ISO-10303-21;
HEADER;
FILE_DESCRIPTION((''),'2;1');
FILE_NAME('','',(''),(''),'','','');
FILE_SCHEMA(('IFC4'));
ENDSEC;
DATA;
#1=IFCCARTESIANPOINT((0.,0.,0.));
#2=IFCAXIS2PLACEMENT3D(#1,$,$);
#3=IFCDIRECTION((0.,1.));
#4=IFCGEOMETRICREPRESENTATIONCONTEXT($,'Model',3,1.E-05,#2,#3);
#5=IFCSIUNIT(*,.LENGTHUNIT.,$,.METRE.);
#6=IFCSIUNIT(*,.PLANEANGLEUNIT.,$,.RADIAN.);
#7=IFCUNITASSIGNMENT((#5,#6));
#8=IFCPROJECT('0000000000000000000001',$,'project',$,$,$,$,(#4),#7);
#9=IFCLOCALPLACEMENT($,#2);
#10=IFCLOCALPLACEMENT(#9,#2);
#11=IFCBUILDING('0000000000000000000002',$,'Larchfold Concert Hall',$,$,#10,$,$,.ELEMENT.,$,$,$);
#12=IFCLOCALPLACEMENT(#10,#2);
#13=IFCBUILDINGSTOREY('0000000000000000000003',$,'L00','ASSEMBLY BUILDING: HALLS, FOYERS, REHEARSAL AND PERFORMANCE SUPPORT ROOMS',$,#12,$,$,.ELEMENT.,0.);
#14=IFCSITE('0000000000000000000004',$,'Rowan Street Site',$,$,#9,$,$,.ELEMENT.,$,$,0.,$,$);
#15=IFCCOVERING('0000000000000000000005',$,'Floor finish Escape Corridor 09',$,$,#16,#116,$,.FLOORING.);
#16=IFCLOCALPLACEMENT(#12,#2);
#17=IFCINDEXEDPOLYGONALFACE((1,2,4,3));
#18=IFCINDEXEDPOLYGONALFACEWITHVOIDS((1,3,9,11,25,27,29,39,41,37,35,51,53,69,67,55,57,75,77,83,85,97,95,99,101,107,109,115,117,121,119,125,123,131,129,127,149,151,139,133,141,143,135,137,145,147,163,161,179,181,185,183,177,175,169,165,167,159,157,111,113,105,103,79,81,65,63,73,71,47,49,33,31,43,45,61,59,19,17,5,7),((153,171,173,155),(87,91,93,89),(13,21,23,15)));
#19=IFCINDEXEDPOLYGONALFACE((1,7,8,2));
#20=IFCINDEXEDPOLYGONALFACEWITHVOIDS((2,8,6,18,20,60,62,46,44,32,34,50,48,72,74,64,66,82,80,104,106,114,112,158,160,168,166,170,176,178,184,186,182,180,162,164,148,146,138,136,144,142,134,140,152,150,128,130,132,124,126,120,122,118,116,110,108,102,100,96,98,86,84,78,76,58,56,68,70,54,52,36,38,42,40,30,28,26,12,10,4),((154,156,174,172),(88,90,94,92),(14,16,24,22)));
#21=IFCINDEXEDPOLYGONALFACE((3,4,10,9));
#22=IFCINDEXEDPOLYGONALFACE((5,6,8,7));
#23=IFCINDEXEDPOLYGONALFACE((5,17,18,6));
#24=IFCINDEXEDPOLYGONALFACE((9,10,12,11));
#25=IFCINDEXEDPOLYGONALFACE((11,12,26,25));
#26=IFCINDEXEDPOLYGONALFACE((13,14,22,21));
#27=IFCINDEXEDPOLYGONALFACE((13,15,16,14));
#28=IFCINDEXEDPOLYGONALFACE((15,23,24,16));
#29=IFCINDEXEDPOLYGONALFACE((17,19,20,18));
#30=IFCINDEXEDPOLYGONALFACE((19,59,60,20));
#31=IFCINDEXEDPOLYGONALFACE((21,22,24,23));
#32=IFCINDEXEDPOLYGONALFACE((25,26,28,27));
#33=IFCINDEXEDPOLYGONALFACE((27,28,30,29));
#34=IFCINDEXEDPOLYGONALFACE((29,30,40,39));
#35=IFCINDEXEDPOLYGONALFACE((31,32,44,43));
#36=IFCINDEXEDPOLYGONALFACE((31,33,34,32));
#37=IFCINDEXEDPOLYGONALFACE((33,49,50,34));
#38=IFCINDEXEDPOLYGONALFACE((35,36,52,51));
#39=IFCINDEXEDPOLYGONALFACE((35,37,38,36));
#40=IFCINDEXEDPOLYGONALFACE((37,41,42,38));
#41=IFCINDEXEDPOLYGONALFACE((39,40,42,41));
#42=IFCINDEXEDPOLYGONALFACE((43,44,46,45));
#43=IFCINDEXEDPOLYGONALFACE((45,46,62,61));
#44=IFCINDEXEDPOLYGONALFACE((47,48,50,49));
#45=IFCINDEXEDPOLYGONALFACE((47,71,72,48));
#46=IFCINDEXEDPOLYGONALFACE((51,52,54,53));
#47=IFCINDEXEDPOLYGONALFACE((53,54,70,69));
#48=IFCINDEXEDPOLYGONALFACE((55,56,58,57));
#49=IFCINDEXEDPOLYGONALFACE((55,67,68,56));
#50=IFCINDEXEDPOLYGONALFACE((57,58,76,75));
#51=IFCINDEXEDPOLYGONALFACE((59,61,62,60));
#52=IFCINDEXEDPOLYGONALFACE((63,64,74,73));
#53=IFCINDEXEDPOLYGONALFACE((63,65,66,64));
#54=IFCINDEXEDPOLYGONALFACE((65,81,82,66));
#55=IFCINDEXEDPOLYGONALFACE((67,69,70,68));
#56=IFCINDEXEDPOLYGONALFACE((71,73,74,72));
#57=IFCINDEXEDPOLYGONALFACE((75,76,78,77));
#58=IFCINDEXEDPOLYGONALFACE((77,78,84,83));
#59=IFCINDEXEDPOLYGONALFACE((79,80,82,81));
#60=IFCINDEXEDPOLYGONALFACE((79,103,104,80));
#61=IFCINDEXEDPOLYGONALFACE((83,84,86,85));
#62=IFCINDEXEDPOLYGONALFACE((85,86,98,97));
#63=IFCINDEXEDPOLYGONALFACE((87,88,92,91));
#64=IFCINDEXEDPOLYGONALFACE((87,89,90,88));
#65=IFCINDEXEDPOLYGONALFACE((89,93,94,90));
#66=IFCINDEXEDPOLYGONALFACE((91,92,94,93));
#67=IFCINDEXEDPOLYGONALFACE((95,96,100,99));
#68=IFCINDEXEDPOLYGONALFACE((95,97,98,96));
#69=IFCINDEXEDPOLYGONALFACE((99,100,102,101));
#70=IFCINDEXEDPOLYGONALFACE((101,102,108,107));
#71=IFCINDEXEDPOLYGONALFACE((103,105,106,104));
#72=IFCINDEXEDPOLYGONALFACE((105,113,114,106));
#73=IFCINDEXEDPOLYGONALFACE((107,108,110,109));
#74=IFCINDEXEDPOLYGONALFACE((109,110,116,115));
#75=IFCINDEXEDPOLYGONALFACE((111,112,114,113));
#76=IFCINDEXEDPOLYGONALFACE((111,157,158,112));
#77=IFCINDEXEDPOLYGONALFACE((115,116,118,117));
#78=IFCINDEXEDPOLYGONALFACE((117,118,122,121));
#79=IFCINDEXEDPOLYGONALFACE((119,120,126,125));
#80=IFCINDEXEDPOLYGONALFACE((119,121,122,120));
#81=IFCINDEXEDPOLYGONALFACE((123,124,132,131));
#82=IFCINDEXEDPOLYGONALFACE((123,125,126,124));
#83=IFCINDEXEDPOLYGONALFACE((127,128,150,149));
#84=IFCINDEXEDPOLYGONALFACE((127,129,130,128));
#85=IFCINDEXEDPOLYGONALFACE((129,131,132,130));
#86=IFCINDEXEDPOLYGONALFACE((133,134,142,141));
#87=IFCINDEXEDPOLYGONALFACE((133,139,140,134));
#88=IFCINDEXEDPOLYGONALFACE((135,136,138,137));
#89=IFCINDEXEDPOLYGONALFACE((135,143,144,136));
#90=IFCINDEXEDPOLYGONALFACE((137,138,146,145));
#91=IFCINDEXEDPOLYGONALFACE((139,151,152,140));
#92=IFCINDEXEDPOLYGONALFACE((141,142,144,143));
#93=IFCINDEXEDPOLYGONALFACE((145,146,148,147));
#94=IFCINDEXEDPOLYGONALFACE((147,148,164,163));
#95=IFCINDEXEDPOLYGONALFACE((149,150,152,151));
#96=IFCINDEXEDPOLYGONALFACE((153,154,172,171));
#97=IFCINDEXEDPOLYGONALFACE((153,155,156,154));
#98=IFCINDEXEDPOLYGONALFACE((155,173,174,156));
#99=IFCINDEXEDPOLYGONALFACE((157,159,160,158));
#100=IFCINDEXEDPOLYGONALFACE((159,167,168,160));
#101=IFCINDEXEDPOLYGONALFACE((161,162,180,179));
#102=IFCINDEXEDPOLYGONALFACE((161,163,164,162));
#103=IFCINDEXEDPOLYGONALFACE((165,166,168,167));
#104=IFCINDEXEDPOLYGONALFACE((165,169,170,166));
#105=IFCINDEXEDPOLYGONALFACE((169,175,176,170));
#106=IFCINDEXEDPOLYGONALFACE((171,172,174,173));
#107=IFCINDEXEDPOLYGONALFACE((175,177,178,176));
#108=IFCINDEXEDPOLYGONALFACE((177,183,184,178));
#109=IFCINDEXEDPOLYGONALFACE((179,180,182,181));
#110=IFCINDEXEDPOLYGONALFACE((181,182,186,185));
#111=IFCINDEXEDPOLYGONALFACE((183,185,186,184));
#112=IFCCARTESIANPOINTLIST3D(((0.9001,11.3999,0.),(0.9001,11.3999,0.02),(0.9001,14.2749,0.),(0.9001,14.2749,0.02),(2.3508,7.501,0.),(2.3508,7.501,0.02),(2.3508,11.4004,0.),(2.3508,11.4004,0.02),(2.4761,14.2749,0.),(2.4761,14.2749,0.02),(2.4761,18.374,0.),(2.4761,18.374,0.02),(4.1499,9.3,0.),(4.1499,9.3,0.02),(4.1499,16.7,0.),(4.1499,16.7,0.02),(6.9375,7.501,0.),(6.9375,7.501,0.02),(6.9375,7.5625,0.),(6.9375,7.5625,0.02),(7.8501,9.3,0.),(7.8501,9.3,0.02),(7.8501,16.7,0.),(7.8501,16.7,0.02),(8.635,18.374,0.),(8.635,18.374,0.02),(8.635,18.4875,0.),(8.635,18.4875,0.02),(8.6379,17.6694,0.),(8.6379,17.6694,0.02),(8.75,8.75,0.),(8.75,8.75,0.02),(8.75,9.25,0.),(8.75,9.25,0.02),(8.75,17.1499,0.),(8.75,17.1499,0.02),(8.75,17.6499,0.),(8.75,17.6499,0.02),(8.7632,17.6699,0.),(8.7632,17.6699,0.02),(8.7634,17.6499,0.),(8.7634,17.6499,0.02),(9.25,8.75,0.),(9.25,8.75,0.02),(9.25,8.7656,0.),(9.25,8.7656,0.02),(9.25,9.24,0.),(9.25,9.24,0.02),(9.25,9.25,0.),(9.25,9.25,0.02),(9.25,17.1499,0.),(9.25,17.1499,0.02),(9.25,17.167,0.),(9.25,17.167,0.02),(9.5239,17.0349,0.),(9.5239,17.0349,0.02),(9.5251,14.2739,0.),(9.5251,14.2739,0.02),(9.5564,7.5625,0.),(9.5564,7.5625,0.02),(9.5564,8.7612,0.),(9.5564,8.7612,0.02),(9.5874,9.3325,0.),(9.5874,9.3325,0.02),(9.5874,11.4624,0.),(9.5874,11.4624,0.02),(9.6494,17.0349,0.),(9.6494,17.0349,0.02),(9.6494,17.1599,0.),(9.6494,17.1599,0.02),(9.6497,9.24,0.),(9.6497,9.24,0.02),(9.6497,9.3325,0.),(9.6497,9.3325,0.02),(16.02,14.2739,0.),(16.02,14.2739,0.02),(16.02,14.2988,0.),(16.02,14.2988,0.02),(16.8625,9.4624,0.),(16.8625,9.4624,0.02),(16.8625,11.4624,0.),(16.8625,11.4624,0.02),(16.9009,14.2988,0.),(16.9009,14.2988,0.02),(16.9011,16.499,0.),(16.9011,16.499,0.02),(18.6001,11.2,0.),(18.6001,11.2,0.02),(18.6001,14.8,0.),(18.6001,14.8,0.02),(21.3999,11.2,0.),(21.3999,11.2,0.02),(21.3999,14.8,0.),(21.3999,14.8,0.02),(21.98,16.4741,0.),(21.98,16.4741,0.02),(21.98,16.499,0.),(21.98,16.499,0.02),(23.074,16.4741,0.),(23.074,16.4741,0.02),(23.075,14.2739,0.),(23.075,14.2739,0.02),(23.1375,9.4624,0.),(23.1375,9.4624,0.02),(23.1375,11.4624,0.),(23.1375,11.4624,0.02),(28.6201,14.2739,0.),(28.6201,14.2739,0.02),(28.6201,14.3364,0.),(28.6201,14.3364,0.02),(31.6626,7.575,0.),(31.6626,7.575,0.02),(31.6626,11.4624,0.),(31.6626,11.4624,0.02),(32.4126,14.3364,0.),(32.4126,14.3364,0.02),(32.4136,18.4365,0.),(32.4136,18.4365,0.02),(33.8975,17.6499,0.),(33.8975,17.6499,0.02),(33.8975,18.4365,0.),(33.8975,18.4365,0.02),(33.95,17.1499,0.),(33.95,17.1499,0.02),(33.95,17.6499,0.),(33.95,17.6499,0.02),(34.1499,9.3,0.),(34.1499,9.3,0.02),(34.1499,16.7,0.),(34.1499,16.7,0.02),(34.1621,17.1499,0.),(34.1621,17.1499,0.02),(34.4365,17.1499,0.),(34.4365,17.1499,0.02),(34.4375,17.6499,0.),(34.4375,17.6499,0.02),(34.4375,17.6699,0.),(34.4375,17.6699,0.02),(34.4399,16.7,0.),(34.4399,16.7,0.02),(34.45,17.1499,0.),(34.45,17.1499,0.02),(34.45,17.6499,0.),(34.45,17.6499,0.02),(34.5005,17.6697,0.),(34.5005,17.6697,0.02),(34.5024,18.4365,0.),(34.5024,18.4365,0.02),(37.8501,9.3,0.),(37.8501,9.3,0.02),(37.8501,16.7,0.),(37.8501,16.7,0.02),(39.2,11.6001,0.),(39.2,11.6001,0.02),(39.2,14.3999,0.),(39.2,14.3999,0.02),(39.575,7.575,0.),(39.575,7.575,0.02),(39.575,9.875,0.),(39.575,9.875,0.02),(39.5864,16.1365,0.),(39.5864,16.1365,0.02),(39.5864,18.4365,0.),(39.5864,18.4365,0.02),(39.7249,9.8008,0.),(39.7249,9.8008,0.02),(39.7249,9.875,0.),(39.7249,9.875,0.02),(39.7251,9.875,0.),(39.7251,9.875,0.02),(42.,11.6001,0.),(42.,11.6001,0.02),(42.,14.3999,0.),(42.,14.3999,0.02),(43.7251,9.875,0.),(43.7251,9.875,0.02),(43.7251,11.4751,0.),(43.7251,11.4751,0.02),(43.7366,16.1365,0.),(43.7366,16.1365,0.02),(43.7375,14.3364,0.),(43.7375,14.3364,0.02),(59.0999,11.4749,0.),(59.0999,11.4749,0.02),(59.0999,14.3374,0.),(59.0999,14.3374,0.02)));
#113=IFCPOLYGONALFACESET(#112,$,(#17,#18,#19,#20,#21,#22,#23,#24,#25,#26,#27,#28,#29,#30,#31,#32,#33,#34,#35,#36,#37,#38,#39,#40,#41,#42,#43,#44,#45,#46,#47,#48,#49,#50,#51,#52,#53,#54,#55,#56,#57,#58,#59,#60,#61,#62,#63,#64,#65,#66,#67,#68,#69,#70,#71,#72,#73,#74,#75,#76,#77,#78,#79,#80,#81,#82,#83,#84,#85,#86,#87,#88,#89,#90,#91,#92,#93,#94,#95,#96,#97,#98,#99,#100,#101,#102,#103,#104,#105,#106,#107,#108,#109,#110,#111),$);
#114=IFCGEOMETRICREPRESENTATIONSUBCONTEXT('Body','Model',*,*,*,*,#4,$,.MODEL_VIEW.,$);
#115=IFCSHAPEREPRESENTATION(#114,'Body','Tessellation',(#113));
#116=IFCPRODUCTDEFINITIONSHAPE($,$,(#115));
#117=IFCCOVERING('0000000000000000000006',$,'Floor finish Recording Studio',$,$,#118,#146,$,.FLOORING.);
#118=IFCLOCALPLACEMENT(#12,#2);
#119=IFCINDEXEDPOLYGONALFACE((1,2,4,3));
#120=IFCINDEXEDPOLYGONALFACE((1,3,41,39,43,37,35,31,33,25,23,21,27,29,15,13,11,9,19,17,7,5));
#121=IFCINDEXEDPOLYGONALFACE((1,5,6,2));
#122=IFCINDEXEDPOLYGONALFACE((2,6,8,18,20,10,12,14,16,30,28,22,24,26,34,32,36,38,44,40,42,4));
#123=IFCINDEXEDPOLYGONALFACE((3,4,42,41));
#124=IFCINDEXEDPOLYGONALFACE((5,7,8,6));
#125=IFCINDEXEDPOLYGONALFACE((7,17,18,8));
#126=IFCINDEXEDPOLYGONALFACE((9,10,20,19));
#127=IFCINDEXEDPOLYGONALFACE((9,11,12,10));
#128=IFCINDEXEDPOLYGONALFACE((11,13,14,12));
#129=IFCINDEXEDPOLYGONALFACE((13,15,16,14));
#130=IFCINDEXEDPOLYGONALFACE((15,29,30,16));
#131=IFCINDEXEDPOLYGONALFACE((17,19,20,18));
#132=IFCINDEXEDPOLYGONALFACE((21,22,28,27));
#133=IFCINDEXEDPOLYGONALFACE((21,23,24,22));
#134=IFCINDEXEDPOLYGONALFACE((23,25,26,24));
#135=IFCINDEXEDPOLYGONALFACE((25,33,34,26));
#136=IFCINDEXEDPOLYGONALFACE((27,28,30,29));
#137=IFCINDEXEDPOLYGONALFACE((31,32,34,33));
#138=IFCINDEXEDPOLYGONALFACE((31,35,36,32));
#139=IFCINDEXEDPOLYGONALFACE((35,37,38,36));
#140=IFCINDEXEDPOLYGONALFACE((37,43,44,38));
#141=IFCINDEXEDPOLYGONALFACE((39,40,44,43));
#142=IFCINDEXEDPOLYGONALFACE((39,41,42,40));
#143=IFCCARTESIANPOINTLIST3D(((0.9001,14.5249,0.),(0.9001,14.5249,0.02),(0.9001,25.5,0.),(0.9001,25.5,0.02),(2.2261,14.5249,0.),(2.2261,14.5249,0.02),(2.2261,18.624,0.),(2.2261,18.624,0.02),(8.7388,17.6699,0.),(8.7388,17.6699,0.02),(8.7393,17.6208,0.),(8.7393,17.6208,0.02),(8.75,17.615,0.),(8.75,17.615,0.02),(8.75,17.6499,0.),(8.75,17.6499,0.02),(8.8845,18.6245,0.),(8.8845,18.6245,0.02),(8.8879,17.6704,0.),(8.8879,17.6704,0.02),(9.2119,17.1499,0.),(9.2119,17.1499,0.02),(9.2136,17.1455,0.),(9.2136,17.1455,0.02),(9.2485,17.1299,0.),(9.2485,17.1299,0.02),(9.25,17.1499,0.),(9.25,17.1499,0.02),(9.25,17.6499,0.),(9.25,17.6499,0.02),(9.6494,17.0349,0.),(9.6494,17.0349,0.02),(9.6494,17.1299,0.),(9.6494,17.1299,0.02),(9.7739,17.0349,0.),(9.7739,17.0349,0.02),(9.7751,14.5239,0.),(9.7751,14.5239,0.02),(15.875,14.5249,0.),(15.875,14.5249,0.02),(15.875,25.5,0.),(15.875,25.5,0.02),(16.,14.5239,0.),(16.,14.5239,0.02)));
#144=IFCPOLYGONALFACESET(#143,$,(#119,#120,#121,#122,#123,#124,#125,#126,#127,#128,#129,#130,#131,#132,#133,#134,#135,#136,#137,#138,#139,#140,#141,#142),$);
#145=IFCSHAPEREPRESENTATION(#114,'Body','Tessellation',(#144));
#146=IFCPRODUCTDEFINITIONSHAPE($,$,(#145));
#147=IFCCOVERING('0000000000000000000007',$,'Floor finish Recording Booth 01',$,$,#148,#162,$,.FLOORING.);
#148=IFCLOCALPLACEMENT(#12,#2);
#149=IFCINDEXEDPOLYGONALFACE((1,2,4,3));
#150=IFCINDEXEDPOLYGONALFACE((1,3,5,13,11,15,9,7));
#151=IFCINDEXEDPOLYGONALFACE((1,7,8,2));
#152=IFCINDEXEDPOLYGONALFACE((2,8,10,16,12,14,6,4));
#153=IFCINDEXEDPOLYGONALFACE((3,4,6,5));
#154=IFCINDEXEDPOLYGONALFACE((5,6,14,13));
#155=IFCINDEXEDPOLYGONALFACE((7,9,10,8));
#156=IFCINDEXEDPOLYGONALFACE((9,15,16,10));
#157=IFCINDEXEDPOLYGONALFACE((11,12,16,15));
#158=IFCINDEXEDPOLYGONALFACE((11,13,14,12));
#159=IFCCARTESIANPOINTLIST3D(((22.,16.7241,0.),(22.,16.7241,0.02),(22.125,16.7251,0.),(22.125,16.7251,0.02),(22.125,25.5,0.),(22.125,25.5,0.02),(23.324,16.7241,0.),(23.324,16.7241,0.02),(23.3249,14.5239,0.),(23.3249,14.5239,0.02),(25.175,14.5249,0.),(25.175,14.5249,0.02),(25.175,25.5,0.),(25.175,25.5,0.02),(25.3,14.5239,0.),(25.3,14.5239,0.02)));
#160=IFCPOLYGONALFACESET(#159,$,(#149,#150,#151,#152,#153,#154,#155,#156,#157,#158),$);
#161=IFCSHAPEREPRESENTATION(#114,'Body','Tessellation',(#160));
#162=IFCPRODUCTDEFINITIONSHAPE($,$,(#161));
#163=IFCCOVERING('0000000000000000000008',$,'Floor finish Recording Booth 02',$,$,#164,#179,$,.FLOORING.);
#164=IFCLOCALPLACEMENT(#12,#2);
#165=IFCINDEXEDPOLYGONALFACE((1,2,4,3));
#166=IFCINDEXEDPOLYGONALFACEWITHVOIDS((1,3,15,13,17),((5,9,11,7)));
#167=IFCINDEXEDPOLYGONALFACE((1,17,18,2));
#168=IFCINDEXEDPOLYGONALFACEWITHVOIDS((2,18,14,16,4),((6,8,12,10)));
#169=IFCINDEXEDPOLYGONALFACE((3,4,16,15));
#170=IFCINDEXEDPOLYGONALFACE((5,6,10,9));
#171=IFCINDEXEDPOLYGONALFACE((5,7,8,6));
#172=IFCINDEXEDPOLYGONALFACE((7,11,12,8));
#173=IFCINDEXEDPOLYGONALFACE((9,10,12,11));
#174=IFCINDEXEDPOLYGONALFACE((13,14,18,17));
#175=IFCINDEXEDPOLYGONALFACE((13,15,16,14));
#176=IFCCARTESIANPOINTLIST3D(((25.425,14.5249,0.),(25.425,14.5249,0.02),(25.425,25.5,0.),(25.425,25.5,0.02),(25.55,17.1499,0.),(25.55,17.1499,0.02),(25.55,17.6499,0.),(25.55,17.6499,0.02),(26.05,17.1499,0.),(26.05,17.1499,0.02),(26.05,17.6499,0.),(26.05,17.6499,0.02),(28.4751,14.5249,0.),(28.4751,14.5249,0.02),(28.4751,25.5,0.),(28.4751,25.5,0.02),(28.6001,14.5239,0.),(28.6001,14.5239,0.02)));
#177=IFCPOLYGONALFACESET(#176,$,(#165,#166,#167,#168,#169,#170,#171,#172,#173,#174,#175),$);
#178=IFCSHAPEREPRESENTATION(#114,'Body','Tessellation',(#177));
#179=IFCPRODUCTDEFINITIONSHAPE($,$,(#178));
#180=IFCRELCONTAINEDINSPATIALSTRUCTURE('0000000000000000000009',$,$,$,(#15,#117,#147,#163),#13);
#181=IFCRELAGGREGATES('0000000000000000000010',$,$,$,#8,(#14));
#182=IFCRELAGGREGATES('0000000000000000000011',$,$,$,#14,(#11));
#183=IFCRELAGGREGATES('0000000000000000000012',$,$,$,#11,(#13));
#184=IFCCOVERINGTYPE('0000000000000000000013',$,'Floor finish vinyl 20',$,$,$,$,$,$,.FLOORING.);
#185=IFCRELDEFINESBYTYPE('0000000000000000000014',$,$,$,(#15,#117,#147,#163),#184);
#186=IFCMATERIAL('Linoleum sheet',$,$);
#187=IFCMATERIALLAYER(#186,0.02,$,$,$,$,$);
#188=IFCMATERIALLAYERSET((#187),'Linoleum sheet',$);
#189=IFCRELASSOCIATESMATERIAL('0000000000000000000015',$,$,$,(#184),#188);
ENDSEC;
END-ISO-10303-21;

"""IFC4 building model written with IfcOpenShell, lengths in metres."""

from ifc_helpers import new_model, si_unit, direction, origin, place, context, subcontext, project, spatial, polyline, outline, extrude, material, layer, layer_set, type_object, element, save


model = new_model("IFC4")

# Units and contexts
model_context = context("Model", 3, precision=1e-05, world=origin(), true_north=direction((0.0, 1.0)))
body_context = subcontext(model_context, "Body", "Model", "MODEL_VIEW")
ifc_project = project(units=[si_unit("LENGTHUNIT", "METRE"), si_unit("PLANEANGLEUNIT", "RADIAN")], contexts=[model_context])

# Site, building, storey
site_placement = place(None, origin())
site = spatial("IfcSite", under=ifc_project, at=site_placement, Name="Rowan Street Site", CompositionType="ELEMENT", RefElevation=0.0)
building_placement = place(site_placement, origin())
building = spatial("IfcBuilding", under=site, at=building_placement, Name="Larchfold Concert Hall", CompositionType="ELEMENT")
storey_placement = place(building_placement, origin())
storey = spatial("IfcBuildingStorey", under=building, at=storey_placement, Name="L00", Description="ASSEMBLY BUILDING: HALLS, FOYERS, REHEARSAL AND PERFORMANCE SUPPORT ROOMS", CompositionType="ELEMENT", Elevation=0.0)

# Coverings
ifc_material_1 = material(Name="Linoleum sheet")
ifc_layer_1 = layer(ifc_material_1, 0.02)
ifc_layer_set_1 = layer_set([ifc_layer_1], Name="Linoleum sheet")
covering_type_1 = type_object("IfcCoveringType", Name="Floor finish vinyl 20", PredefinedType="FLOORING", material=ifc_layer_set_1)
covering_1_placement = place(storey_placement, origin())
element("IfcCovering", 1, at=covering_1_placement, inside=storey, type_object=covering_type_1, Name="Floor finish Escape Corridor 09", PredefinedType="FLOORING", context=body_context, shape_type="SweptSolid", body=[
    extrude(outline(polyline([(8.635, 18.4875), (8.635, 18.374), (2.4761, 18.374), (2.4761, 14.2749), (0.9001, 14.2749), (0.9001, 11.3999), (2.3508, 11.4004), (2.3508, 7.501), (6.9375, 7.501), (6.9375, 7.5625), (9.5564, 7.5625), (9.5564, 8.7612), (9.25, 8.7656), (9.25, 8.75), (8.75, 8.75), (8.75, 9.25), (9.25, 9.25), (9.25, 9.24), (9.6497, 9.24), (9.6497, 9.3325), (9.5874, 9.3325), (9.5874, 11.4624), (16.8625, 11.4624), (16.8625, 9.4624), (23.1375, 9.4624), (23.1375, 11.4624), (31.6626, 11.4624), (31.6626, 7.575), (39.575, 7.575), (39.575, 9.875), (39.7249, 9.875), (39.7249, 9.8008), (39.7251, 9.875), (43.7251, 9.875), (43.7251, 11.4751), (59.0999, 11.4749), (59.0999, 14.3374), (43.7375, 14.3364), (43.7366, 16.1365), (39.5864, 16.1365), (39.5864, 18.4365), (34.5024, 18.4365), (34.5024, 18.4624), (34.5005, 17.6697), (34.4375, 17.6699), (34.4375, 17.6499), (34.45, 17.6499), (34.45, 17.1499), (34.4365, 17.1499), (34.4399, 16.7), (37.8501, 16.7), (37.8501, 9.3), (34.1499, 9.3), (34.1499, 16.7), (34.1621, 17.1499), (33.95, 17.1499), (33.95, 17.6499), (33.8975, 17.6499), (33.8975, 18.4365), (32.4136, 18.4365), (32.4136, 18.499), (32.4126, 14.3364), (28.6201, 14.3364), (28.6201, 14.2739), (23.075, 14.2739), (23.074, 16.4741), (21.98, 16.4741), (21.98, 16.499), (16.9011, 16.499), (16.9009, 14.2988), (16.02, 14.2988), (16.02, 14.2739), (9.5251, 14.2739), (9.5239, 17.0349), (9.6494, 17.0349), (9.6494, 17.1599), (9.25, 17.167), (9.25, 17.1499), (8.75, 17.1499), (8.75, 17.6499), (8.7634, 17.6499), (8.7632, 17.6699), (8.6379, 17.6694), (8.635, 18.4875)]), holes=[polyline([(42.0, 14.3999), (42.0, 11.6001), (39.2, 11.6001), (39.2, 14.3999), (42.0, 14.3999)]), polyline([(21.3999, 11.2), (18.6001, 11.2), (18.6001, 14.8), (21.3999, 14.8), (21.3999, 11.2)]), polyline([(7.8501, 9.3), (4.1499, 9.3), (4.1499, 16.7), (7.8501, 16.7), (7.8501, 9.3)])]), origin(), (0.0, 0.0, 1.0), 0.02),
])
covering_2_placement = place(storey_placement, origin())
element("IfcCovering", 2, at=covering_2_placement, inside=storey, type_object=covering_type_1, Name="Floor finish Recording Studio", PredefinedType="FLOORING", context=body_context, shape_type="SweptSolid", body=[
    extrude(outline(polyline([(8.8845, 18.6245), (8.8879, 17.6704), (8.7388, 17.6699), (8.7393, 17.6208), (8.75, 17.615), (8.75, 17.6499), (9.25, 17.6499), (9.25, 17.1499), (9.2119, 17.1499), (9.2136, 17.1455), (9.2485, 17.1299), (9.6494, 17.1299), (9.6494, 17.0349), (9.7739, 17.0349), (9.7751, 14.5239), (16.0, 14.5239), (15.875, 14.5249), (15.875, 25.5), (0.9001, 25.5), (0.9001, 14.5249), (2.2261, 14.5249), (2.2261, 18.624), (8.8845, 18.6245)])), origin(), (0.0, 0.0, 1.0), 0.02),
])
covering_3_placement = place(storey_placement, origin())
element("IfcCovering", 3, at=covering_3_placement, inside=storey, type_object=covering_type_1, Name="Floor finish Recording Booth 01", PredefinedType="FLOORING", context=body_context, shape_type="SweptSolid", body=[
    extrude(outline(polyline([(23.325, 14.3999), (23.325, 14.5239), (25.3, 14.5239), (25.175, 14.5249), (25.175, 25.5), (22.125, 25.5), (22.125, 16.7251), (22.0, 16.7241), (23.324, 16.7241), (23.325, 14.3999)])), origin(), (0.0, 0.0, 1.0), 0.02),
])
covering_4_placement = place(storey_placement, origin())
element("IfcCovering", 4, at=covering_4_placement, inside=storey, type_object=covering_type_1, Name="Floor finish Recording Booth 02", PredefinedType="FLOORING", context=body_context, shape_type="SweptSolid", body=[
    extrude(outline(polyline([(25.3, 14.5249), (28.6001, 14.5239), (28.4751, 14.5249), (28.4751, 25.5), (25.425, 25.5), (25.425, 14.5249), (25.3, 14.5249)]), holes=[polyline([(25.55, 17.1499), (25.55, 17.6499), (26.05, 17.6499), (26.05, 17.1499), (25.55, 17.1499)])]), origin(), (0.0, 0.0, 1.0), 0.02),
])

save(model, "model.ifc")
